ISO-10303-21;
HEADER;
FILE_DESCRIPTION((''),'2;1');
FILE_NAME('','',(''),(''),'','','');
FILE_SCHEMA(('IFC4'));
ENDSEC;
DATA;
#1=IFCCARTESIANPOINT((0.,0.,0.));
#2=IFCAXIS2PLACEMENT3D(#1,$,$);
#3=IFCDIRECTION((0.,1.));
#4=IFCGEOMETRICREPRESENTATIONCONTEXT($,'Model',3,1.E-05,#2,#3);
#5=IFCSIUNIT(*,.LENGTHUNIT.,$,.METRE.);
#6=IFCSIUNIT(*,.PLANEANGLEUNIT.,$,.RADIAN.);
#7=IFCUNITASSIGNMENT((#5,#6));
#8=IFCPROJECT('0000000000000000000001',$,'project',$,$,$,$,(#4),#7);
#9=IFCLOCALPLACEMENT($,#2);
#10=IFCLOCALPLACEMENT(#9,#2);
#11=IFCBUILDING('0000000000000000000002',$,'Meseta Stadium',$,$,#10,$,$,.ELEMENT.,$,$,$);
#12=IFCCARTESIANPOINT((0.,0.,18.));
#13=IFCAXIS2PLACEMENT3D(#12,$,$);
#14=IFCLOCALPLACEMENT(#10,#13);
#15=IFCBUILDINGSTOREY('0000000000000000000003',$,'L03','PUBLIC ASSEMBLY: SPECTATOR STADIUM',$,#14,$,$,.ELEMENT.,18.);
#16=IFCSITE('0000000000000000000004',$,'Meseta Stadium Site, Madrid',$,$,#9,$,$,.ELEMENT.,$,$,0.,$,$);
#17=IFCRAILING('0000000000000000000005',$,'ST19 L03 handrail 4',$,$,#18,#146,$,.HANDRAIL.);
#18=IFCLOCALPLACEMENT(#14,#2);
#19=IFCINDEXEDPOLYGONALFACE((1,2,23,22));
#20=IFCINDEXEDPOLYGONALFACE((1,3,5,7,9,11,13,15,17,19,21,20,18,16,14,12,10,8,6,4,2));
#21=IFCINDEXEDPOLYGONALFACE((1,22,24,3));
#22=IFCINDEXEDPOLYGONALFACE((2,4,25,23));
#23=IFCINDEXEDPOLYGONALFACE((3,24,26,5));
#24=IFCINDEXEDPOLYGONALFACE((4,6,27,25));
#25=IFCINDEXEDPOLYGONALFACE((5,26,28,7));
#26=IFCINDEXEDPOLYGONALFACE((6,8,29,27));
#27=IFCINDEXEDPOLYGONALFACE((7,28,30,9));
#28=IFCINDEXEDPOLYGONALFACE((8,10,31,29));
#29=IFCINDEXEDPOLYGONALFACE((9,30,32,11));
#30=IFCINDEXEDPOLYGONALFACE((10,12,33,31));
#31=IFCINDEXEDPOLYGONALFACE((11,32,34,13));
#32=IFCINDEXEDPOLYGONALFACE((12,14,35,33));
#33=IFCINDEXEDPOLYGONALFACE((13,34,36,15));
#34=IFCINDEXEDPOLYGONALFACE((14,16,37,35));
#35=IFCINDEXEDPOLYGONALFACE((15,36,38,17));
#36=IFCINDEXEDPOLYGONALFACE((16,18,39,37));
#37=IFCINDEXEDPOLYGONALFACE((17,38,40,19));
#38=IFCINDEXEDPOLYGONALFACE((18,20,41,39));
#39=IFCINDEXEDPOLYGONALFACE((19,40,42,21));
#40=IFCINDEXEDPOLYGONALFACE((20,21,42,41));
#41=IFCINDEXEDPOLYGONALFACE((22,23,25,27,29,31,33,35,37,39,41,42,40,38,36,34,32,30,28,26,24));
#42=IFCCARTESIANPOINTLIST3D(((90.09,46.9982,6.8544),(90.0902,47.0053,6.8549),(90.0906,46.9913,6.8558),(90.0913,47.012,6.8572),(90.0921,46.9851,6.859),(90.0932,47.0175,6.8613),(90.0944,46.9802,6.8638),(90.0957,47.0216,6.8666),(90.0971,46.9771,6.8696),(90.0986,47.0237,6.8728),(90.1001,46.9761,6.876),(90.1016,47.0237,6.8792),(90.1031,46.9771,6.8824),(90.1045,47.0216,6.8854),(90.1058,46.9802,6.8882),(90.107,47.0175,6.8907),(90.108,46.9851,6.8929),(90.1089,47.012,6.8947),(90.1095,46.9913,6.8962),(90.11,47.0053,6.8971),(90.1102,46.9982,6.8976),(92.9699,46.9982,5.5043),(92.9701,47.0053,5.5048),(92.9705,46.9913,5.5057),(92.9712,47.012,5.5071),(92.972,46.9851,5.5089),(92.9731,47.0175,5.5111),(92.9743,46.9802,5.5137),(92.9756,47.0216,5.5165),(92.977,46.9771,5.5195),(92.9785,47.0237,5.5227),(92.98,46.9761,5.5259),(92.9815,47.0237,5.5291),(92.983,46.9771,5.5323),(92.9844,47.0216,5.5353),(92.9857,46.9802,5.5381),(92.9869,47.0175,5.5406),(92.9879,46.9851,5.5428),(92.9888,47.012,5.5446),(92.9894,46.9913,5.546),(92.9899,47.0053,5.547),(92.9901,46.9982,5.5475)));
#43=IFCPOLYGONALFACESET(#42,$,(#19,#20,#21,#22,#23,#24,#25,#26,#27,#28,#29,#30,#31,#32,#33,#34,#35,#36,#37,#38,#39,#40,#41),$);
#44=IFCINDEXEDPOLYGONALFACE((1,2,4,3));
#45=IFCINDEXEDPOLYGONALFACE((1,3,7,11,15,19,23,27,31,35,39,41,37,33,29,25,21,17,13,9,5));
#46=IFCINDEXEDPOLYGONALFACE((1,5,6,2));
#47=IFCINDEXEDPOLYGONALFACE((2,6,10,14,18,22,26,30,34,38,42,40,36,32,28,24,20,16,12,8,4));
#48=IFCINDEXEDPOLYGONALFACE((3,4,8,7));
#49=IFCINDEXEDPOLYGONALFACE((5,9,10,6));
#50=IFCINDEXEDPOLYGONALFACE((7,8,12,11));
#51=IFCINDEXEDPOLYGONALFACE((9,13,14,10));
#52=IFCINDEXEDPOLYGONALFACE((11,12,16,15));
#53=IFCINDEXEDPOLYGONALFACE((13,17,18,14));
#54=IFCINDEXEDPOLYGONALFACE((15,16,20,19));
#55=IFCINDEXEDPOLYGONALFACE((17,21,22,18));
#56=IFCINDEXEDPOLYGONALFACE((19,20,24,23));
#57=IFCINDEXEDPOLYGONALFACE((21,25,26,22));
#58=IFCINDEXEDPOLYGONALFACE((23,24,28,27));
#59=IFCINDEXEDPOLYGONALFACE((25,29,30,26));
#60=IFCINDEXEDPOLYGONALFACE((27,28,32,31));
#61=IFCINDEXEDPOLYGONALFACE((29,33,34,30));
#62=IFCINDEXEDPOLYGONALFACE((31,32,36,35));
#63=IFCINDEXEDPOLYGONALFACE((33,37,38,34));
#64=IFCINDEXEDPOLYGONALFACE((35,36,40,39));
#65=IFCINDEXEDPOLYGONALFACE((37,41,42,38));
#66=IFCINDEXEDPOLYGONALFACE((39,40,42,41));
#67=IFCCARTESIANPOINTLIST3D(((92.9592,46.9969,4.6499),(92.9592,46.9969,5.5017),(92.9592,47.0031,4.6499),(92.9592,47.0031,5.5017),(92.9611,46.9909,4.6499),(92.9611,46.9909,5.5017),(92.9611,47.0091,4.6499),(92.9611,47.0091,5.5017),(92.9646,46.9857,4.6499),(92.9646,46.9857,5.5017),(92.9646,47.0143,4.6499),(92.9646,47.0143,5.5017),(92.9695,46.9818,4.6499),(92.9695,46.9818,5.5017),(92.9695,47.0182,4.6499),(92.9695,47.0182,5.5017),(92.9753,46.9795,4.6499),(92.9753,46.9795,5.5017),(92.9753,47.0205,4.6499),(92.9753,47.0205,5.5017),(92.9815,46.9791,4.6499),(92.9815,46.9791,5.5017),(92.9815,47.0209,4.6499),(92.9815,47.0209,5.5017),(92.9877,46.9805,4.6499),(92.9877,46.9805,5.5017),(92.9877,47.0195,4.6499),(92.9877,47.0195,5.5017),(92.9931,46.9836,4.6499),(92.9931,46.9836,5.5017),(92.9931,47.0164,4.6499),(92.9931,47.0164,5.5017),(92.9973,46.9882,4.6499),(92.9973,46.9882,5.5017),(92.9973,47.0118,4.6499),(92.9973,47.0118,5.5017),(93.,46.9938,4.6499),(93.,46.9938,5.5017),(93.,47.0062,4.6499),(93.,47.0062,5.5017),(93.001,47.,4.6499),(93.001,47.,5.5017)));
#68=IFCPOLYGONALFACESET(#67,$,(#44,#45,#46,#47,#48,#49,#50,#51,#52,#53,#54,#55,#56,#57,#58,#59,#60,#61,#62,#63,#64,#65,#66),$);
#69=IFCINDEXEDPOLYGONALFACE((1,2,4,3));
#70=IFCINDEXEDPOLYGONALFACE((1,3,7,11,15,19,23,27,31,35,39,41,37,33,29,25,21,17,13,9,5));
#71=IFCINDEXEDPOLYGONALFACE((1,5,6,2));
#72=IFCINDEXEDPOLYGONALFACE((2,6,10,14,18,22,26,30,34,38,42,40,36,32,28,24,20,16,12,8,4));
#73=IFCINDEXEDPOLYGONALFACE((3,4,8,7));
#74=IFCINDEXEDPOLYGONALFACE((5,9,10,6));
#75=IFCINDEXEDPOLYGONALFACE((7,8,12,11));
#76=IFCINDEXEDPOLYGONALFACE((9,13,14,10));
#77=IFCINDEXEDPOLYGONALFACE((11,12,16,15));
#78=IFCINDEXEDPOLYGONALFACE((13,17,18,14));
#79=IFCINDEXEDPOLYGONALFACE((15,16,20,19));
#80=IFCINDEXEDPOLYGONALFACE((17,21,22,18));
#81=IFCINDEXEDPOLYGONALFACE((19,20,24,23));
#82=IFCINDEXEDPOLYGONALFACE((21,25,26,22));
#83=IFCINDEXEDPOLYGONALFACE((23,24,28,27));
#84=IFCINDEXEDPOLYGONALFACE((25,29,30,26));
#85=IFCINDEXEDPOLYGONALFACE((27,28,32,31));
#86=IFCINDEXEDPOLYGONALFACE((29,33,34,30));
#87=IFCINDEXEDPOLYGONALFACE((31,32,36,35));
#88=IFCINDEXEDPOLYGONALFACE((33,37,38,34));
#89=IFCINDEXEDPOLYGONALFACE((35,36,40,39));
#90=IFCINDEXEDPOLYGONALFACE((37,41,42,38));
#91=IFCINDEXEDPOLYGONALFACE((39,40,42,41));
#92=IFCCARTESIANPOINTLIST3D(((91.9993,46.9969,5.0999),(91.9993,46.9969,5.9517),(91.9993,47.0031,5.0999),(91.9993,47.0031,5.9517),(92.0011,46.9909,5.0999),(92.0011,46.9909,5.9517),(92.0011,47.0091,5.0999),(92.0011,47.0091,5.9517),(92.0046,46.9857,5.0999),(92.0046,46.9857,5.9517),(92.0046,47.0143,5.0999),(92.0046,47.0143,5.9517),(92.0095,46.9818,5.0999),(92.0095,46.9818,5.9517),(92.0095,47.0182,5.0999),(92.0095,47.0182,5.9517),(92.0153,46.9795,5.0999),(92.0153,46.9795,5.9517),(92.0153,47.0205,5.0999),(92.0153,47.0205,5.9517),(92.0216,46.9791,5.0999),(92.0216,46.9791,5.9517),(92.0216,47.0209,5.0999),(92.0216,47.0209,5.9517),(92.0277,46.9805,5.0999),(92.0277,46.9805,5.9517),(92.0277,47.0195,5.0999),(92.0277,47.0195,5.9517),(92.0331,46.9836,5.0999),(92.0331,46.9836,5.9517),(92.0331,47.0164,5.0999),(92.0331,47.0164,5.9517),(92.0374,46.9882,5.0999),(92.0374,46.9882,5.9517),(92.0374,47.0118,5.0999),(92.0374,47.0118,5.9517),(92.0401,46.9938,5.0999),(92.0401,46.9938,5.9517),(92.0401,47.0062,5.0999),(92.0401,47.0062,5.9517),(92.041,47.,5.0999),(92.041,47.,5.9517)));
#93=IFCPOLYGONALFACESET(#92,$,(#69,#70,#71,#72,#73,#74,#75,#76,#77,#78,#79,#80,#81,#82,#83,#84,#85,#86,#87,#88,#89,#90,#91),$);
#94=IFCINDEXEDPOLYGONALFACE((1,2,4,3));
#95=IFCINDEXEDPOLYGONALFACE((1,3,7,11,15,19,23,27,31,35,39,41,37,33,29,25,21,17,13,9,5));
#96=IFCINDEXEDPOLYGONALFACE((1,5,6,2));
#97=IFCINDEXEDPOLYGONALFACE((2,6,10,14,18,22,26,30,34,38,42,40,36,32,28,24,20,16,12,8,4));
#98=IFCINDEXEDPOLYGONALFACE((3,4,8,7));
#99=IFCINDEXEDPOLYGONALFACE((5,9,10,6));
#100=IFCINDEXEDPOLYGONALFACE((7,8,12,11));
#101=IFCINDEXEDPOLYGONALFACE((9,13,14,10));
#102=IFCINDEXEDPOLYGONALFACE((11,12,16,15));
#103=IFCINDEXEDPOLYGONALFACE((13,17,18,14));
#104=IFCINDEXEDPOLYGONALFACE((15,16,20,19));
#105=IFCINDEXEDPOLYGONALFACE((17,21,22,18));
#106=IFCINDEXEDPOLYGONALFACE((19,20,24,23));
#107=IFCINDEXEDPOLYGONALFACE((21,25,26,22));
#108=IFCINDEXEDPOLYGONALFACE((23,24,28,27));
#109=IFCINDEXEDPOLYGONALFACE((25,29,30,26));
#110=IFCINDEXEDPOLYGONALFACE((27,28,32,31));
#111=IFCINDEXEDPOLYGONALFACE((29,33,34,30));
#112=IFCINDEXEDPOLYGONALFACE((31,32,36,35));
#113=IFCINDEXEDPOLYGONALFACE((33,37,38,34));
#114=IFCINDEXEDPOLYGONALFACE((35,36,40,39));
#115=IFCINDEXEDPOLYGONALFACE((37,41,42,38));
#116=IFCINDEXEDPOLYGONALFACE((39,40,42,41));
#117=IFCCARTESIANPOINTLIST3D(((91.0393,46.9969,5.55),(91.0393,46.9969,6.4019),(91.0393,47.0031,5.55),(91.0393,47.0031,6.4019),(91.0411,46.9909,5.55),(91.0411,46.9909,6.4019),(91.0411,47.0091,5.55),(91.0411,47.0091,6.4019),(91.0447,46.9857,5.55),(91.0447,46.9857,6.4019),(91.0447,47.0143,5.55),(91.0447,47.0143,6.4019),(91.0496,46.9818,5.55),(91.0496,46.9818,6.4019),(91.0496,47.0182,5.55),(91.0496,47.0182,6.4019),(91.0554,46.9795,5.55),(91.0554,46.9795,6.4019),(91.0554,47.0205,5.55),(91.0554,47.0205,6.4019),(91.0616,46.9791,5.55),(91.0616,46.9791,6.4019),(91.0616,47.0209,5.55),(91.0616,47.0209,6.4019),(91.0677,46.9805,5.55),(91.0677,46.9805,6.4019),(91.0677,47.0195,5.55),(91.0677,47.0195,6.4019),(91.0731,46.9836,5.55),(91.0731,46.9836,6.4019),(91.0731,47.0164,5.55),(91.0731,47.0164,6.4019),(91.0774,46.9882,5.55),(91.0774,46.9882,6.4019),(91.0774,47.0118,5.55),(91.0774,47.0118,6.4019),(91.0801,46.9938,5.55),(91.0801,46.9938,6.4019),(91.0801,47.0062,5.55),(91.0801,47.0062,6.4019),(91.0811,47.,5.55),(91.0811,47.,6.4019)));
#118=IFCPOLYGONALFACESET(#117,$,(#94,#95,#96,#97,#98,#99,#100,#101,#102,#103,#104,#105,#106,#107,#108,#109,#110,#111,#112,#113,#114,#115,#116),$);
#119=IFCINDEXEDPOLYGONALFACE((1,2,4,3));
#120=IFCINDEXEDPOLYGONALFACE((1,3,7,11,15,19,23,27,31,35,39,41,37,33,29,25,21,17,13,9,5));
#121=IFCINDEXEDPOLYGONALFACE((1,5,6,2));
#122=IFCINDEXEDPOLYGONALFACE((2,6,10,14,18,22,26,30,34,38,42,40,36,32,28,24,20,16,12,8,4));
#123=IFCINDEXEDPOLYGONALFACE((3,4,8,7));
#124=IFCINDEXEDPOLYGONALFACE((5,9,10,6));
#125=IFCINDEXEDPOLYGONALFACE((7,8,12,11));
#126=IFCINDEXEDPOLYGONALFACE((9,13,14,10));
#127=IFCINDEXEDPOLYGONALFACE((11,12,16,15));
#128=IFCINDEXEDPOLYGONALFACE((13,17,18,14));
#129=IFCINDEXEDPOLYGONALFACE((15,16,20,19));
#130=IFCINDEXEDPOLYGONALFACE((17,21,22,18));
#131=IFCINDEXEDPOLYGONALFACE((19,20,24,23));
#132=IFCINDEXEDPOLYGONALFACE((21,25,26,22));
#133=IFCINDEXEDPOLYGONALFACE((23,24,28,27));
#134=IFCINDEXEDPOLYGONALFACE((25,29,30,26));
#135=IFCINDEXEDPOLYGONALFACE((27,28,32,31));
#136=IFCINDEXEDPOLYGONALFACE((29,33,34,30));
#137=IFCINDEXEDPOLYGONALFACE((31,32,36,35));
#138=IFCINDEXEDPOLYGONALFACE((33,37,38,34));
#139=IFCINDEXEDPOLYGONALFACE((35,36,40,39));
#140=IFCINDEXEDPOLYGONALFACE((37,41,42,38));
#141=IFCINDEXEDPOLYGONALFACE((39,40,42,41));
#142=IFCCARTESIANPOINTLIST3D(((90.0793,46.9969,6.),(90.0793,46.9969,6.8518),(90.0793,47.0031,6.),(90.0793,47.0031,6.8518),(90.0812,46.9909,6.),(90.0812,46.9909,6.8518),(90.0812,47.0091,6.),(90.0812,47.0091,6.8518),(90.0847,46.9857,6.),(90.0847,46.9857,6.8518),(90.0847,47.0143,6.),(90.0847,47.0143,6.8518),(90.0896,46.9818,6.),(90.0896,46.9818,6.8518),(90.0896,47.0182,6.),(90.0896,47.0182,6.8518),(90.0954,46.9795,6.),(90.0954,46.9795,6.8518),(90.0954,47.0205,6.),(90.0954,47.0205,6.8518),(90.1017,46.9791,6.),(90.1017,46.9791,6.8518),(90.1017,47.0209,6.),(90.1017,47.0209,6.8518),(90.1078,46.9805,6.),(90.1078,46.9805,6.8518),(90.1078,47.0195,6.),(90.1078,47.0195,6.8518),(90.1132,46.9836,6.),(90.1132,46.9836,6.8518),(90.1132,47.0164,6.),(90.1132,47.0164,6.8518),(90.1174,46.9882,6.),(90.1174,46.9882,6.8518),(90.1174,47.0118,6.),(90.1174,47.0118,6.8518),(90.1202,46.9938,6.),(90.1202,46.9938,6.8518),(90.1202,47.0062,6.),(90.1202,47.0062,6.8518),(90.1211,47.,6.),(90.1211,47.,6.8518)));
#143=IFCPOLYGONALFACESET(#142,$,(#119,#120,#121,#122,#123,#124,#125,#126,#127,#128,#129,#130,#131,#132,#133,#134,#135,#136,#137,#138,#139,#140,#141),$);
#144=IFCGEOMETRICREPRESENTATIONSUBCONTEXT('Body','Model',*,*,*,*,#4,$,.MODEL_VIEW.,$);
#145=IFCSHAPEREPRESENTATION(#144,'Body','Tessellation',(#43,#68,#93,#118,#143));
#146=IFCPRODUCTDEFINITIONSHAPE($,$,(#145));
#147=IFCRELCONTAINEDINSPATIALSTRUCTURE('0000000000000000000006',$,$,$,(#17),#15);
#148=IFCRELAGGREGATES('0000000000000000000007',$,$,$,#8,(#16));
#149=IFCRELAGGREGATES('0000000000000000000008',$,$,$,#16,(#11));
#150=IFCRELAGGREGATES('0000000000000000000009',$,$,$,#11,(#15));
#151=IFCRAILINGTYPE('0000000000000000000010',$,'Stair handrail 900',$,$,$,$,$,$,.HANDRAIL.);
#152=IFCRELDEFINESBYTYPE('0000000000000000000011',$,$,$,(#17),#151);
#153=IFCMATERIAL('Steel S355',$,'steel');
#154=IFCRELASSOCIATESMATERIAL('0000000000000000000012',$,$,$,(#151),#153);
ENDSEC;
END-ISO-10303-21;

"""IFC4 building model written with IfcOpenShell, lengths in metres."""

from ifc_helpers import new_model, si_unit, direction, frame, origin, origin_2d, place, context, subcontext, project, spatial, circle, extrude, material, type_object, element, save


model = new_model("IFC4")

# Units and contexts
model_context = context("Model", 3, precision=1e-05, world=origin(), true_north=direction((0.0, 1.0)))
body_context = subcontext(model_context, "Body", "Model", "MODEL_VIEW")
ifc_project = project(units=[si_unit("LENGTHUNIT", "METRE"), si_unit("PLANEANGLEUNIT", "RADIAN")], contexts=[model_context])

# Site, building, storey
site_placement = place(None, origin())
site = spatial("IfcSite", under=ifc_project, at=site_placement, Name="Meseta Stadium Site, Madrid", CompositionType="ELEMENT", RefElevation=0.0)
building_placement = place(site_placement, origin())
building = spatial("IfcBuilding", under=site, at=building_placement, Name="Meseta Stadium", CompositionType="ELEMENT")
storey_placement = place(building_placement, frame((0.0, 0.0, 18.0)))
storey = spatial("IfcBuildingStorey", under=building, at=storey_placement, Name="L03", Description="PUBLIC ASSEMBLY: SPECTATOR STADIUM", CompositionType="ELEMENT", Elevation=18.0)

# Railing
ifc_material_1 = material(Name="Steel S355", Category="steel")
railing_type_1 = type_object("IfcRailingType", Name="Stair handrail 900", PredefinedType="HANDRAIL", material=ifc_material_1)
for number, where, name in (
    (1, (92.98, 47.0, 4.6499), "ST19 L03 handrail 4"),
):
    element("IfcRailing", number, at=place(storey_placement, frame(where)), inside=storey, type_object=railing_type_1, Name=name, PredefinedType="HANDRAIL", context=body_context, shape_type="SweptSolid", body=[
        extrude(circle(Radius=0.0239, at=origin_2d()), frame((0.0, 0.0, 0.876), z_axis=(-0.90544, 0.0, 0.424473), x_axis=(0.0, -1.0, 0.0)), (0.0, 0.0, 1.0), 3.1807),
        extrude(circle(Radius=0.021, at=origin_2d()), origin(), (0.0, 0.0, 1.0), 0.8518),
        extrude(circle(Radius=0.021, at=origin_2d()), frame((-0.96, 0.0, 0.45)), (0.0, 0.0, 1.0), 0.8518),
        extrude(circle(Radius=0.021, at=origin_2d()), frame((-1.9199, 0.0, 0.9001)), (0.0, 0.0, 1.0), 0.8518),
        extrude(circle(Radius=0.021, at=origin_2d()), frame((-2.8799, 0.0, 1.3501)), (0.0, 0.0, 1.0), 0.8518),
    ])

save(model, "model.ifc")
